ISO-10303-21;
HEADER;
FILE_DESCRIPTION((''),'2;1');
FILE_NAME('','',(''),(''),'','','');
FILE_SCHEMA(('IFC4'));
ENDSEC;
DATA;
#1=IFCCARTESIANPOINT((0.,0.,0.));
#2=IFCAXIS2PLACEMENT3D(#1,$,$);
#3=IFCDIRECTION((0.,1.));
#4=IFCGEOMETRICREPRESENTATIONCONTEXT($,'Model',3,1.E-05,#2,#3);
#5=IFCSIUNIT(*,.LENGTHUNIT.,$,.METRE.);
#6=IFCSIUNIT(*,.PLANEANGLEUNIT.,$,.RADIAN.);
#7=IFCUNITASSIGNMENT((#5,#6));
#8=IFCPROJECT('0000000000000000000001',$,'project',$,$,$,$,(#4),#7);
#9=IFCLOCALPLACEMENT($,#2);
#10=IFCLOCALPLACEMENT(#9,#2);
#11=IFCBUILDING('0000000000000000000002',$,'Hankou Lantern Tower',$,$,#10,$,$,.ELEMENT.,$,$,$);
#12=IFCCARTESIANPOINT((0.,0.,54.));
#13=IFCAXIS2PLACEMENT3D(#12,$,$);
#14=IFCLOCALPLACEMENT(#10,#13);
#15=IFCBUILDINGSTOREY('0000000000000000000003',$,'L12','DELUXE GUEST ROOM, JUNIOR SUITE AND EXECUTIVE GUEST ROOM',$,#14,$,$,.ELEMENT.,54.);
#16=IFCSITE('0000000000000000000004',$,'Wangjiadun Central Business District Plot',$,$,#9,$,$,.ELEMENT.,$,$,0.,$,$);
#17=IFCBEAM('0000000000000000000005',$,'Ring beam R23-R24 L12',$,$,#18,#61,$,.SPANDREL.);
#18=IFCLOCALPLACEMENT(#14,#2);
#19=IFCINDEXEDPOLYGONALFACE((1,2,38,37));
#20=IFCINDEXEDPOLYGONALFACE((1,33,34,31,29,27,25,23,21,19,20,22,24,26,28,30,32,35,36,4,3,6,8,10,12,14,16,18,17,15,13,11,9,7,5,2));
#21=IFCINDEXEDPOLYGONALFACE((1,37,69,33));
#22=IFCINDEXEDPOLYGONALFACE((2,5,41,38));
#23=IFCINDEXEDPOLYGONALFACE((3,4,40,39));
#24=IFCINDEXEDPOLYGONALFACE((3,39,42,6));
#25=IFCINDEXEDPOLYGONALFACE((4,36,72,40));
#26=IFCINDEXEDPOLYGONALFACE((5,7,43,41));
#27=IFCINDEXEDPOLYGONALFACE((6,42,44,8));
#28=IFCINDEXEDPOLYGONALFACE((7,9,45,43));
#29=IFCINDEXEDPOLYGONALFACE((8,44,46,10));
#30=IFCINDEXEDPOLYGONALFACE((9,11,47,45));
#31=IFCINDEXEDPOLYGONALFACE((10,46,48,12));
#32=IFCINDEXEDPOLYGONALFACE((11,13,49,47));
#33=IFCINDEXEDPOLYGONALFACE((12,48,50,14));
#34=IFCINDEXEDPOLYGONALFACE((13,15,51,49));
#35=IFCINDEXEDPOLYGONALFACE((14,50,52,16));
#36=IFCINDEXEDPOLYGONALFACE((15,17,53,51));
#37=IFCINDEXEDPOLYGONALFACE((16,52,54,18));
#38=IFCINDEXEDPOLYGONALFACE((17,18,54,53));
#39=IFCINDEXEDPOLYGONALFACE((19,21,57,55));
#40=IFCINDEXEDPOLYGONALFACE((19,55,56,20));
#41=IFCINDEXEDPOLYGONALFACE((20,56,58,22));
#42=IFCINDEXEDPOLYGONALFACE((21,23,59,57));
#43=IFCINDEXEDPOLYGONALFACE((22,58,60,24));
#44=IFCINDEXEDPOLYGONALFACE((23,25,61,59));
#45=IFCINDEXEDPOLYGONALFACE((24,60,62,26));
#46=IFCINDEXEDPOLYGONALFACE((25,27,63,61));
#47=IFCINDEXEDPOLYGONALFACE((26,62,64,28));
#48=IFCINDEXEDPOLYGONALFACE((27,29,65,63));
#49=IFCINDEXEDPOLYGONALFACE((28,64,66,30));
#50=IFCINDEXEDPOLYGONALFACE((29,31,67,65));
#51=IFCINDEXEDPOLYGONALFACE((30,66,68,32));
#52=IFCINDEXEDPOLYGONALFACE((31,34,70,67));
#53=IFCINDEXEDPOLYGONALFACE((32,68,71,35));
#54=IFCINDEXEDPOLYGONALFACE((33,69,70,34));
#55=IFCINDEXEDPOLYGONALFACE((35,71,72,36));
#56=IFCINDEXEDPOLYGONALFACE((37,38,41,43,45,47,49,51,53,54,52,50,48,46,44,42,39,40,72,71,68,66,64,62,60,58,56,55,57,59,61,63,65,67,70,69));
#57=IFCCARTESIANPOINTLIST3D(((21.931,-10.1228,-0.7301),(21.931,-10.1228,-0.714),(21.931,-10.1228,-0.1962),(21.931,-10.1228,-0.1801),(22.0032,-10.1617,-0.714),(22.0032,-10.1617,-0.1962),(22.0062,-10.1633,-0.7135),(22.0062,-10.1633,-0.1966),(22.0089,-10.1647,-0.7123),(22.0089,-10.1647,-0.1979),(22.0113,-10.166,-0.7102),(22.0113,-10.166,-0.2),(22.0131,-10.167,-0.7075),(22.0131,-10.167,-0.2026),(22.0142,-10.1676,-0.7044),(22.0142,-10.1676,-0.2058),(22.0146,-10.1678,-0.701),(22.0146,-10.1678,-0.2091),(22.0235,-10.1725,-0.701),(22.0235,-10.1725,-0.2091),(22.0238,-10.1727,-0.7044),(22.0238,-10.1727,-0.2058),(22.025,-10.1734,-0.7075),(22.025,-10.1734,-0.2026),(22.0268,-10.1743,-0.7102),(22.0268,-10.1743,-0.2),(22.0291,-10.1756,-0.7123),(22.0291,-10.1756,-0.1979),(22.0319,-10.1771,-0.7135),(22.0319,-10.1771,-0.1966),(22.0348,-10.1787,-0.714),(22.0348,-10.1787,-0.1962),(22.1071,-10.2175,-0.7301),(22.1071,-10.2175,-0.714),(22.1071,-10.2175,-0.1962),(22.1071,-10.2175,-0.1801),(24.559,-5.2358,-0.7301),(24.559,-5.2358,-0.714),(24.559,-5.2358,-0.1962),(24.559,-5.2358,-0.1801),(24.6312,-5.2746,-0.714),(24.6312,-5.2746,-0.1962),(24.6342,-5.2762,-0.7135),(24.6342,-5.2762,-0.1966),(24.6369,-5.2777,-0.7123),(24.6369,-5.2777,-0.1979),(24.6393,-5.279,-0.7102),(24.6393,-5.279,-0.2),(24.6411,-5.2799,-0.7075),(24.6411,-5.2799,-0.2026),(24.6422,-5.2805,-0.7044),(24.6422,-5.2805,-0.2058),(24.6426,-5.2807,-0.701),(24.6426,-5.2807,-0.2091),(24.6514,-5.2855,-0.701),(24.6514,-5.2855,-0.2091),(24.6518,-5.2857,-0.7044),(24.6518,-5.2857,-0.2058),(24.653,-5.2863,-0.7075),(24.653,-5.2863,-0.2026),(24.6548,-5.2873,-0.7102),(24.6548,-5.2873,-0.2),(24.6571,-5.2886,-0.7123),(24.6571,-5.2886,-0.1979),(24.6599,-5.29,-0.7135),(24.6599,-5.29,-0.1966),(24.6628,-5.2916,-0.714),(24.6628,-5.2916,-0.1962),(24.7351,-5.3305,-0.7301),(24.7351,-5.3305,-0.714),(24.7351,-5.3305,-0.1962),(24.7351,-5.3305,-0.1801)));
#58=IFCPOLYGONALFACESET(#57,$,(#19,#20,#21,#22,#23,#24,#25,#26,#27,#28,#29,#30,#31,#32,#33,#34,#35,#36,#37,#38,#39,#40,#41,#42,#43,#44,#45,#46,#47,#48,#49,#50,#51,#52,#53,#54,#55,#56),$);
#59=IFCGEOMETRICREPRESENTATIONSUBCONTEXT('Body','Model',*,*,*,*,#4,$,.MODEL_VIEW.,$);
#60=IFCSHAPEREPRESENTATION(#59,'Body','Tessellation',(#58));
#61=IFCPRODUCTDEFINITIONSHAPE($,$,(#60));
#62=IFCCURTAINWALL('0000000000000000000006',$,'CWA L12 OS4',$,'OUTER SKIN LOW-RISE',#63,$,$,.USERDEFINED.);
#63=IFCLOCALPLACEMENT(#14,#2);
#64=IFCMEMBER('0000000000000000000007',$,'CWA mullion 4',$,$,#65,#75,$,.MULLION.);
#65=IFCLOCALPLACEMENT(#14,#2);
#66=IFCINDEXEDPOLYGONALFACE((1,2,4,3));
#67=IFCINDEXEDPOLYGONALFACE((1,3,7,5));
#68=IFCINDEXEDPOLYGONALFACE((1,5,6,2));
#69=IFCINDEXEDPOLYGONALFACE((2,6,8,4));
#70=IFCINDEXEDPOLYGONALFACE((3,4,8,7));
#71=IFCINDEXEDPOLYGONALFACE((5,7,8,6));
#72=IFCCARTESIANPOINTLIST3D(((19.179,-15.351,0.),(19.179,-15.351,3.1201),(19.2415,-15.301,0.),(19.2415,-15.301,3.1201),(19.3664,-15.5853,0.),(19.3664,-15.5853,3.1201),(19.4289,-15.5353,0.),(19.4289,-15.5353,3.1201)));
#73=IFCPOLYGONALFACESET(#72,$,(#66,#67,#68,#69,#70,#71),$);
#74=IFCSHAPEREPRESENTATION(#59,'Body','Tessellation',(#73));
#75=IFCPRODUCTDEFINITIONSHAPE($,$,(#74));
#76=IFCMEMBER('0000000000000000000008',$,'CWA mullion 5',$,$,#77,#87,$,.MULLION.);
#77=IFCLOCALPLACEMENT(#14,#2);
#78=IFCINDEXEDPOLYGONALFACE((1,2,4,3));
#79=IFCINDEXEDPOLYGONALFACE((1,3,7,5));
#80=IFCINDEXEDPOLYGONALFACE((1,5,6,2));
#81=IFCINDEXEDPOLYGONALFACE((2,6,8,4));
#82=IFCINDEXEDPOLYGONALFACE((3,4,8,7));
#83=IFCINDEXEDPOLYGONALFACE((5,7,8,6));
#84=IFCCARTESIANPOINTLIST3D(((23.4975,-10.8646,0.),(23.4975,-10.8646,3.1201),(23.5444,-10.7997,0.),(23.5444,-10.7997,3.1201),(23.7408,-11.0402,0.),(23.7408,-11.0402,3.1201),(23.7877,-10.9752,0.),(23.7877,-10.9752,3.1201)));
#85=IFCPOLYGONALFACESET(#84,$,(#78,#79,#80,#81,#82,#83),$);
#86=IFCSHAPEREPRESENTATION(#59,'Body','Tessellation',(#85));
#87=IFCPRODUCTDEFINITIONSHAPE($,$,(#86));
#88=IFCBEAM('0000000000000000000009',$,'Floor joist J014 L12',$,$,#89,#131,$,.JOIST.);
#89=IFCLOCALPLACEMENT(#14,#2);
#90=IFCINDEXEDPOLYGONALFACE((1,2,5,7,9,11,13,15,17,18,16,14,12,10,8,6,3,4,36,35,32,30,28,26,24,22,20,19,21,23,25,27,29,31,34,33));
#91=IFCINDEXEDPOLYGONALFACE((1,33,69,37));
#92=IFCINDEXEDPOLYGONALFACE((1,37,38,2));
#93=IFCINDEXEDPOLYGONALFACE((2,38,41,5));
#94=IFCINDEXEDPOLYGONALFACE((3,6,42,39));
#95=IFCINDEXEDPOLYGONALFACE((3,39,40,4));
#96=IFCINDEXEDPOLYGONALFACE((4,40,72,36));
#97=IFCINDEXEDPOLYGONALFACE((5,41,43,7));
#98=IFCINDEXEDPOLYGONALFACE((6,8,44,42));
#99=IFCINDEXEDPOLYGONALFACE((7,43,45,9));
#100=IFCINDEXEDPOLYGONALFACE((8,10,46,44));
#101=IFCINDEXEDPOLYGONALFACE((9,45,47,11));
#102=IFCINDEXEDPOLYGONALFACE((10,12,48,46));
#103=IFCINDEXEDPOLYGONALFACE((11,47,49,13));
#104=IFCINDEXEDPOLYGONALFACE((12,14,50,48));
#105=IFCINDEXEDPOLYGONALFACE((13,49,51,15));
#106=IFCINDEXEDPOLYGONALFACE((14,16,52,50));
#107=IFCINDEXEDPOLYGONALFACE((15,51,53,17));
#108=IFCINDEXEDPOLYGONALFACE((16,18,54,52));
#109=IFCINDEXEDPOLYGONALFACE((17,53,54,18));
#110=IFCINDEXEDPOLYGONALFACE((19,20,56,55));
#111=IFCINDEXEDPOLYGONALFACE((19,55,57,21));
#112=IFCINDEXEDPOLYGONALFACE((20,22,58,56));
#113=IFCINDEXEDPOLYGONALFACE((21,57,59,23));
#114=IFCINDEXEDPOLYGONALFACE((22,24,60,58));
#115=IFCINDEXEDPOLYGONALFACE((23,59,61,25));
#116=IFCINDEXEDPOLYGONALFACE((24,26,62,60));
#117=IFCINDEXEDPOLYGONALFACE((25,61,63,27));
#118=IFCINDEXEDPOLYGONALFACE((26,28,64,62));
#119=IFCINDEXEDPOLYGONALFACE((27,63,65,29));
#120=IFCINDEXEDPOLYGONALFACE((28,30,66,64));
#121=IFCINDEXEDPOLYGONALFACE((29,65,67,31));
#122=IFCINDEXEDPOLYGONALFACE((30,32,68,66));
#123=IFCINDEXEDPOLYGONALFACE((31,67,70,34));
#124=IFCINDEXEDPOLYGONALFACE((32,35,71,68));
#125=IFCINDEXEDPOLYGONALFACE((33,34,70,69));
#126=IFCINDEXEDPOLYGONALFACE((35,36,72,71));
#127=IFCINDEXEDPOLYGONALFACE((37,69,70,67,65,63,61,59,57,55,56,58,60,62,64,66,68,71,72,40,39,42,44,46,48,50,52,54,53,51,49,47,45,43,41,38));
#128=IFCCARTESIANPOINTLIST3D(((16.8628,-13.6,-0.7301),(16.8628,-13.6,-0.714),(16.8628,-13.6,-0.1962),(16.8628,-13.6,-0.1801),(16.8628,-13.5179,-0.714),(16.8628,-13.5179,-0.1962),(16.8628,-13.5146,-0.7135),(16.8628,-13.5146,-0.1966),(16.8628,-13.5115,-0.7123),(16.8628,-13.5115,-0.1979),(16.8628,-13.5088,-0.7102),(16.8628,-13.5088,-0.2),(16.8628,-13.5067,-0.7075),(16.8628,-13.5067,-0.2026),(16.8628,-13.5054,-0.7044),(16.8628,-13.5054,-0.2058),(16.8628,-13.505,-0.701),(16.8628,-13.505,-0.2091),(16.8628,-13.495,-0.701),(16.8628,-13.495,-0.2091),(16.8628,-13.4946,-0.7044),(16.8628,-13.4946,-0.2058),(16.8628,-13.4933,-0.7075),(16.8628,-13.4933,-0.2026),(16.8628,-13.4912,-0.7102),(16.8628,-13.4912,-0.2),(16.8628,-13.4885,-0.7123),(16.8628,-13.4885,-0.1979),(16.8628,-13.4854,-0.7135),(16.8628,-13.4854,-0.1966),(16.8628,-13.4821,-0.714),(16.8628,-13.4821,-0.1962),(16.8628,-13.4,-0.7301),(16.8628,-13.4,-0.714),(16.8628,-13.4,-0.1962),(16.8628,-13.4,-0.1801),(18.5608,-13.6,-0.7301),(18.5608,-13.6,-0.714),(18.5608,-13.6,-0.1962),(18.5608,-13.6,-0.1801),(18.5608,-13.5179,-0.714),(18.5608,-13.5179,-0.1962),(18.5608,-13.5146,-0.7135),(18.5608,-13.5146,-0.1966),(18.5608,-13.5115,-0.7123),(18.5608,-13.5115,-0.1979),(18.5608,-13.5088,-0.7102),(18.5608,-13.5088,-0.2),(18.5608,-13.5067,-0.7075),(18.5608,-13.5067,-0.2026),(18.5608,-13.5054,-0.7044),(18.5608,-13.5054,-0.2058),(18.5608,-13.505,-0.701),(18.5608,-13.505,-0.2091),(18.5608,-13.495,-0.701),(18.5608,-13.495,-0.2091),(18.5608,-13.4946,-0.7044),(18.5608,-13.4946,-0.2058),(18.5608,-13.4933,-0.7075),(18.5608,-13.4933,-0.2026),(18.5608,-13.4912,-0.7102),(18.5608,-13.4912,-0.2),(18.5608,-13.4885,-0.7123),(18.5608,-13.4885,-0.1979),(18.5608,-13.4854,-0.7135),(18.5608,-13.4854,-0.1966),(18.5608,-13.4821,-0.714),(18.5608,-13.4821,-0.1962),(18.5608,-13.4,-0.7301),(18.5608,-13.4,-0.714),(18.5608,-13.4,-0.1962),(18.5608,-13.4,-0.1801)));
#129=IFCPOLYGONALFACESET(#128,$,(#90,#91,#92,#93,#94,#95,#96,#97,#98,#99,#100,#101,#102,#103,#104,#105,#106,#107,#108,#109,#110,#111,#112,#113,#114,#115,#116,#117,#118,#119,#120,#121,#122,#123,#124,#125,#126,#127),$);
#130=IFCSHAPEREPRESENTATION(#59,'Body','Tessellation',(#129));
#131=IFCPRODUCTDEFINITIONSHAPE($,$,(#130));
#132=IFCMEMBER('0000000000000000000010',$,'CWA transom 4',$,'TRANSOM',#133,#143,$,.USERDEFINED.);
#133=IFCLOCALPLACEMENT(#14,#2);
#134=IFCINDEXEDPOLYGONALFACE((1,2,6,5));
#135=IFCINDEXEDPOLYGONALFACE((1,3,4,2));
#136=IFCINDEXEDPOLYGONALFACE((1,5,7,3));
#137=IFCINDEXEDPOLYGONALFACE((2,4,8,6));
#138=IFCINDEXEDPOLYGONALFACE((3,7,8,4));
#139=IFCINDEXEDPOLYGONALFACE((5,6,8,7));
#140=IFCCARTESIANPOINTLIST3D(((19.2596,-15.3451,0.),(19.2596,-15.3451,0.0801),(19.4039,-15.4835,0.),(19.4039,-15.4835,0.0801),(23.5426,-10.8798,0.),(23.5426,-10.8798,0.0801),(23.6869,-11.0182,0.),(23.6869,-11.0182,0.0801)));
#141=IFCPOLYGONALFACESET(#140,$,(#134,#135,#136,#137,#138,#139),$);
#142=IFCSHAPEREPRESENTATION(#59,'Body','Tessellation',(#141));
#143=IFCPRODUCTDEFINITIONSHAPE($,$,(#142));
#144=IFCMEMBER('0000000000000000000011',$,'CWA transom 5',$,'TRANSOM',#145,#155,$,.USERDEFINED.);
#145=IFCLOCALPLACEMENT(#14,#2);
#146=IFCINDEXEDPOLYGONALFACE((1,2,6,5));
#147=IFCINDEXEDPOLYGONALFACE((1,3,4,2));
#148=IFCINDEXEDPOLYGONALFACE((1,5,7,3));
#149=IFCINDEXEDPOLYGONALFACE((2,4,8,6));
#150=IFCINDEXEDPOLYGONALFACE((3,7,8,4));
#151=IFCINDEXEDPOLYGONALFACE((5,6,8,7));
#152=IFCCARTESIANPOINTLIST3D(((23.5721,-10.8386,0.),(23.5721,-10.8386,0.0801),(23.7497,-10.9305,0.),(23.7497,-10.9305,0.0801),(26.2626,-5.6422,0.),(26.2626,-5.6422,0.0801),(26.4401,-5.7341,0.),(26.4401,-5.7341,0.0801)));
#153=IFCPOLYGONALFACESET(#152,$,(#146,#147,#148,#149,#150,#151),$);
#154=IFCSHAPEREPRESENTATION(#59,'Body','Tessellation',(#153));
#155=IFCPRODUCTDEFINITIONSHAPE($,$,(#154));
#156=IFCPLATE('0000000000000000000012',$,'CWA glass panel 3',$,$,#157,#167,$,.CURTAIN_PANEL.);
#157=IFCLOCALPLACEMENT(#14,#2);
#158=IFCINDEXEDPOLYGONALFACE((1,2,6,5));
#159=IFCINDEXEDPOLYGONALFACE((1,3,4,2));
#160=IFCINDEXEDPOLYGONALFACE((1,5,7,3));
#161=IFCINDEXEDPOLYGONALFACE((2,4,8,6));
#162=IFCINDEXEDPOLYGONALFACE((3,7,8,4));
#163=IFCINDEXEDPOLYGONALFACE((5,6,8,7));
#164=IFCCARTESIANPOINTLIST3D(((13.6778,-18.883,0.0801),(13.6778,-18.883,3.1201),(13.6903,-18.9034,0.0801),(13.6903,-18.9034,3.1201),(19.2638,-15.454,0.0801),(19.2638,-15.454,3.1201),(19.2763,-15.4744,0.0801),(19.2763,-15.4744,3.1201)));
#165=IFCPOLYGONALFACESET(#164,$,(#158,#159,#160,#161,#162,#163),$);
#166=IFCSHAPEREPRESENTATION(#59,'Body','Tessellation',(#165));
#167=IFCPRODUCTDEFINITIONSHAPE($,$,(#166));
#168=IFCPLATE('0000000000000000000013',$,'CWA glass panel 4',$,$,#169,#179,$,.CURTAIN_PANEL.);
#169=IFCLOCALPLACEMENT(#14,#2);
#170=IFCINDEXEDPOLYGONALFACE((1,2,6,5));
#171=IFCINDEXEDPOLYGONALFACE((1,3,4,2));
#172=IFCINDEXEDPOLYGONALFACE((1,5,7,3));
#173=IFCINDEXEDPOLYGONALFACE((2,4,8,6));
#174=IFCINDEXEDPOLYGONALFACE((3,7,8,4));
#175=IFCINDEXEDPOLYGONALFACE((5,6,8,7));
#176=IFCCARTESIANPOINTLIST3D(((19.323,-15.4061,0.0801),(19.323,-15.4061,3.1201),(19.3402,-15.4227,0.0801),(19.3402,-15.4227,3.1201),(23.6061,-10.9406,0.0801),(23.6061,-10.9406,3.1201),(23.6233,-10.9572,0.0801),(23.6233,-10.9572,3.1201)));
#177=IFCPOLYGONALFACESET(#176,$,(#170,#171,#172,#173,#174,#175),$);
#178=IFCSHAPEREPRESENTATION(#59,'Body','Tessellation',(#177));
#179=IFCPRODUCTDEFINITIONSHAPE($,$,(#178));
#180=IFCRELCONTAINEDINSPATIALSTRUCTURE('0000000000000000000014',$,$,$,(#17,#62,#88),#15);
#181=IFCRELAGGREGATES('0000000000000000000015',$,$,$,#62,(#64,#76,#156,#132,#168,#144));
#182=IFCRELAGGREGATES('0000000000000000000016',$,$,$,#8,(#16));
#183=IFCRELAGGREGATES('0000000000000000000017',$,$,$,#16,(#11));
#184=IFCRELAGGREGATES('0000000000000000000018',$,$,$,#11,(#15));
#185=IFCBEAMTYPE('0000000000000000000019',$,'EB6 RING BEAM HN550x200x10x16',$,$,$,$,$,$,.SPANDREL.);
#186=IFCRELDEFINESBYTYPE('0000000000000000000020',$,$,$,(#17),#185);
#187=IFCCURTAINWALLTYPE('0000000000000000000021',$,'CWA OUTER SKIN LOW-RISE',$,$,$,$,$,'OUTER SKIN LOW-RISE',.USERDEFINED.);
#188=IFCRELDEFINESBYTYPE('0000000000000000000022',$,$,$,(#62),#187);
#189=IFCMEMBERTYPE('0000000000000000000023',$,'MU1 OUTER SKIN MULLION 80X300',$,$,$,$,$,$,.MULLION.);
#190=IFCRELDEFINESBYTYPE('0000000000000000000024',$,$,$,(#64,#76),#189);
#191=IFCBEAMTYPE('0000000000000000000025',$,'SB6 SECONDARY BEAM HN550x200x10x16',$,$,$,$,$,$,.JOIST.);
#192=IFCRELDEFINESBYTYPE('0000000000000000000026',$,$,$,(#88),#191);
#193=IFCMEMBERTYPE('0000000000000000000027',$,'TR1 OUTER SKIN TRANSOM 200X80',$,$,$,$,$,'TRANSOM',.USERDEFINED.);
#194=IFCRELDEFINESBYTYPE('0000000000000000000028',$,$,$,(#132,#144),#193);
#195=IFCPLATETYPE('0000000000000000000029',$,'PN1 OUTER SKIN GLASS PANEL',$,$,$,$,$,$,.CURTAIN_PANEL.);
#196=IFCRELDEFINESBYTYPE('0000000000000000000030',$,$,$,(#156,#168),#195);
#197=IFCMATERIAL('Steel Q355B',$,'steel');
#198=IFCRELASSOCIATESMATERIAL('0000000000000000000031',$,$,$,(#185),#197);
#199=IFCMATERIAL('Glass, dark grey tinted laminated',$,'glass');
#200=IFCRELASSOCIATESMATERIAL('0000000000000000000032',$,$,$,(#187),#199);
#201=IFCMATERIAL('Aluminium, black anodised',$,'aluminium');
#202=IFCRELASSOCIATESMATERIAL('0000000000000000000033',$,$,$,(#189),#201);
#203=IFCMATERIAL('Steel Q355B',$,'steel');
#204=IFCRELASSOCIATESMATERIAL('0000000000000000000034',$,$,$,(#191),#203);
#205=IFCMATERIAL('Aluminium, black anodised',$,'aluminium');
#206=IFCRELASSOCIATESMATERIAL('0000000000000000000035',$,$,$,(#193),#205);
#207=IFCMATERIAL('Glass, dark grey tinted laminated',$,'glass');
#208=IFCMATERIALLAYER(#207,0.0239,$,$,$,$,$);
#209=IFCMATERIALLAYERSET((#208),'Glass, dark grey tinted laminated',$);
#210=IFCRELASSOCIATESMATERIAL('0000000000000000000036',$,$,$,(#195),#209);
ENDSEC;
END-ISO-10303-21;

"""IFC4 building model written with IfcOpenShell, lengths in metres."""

from ifc_helpers import new_model, si_unit, direction, frame, origin, origin_2d, place, context, subcontext, project, spatial, rectangle, i_section, extrude, material, layer, layer_set, material_profile, profile_set, type_object, element, aggregate, save


model = new_model("IFC4")

# Units and contexts
model_context = context("Model", 3, precision=1e-05, world=origin(), true_north=direction((0.0, 1.0)))
body_context = subcontext(model_context, "Body", "Model", "MODEL_VIEW")
ifc_project = project(units=[si_unit("LENGTHUNIT", "METRE"), si_unit("PLANEANGLEUNIT", "RADIAN")], contexts=[model_context])

# Site, building, storey
site_placement = place(None, origin())
site = spatial("IfcSite", under=ifc_project, at=site_placement, Name="Wangjiadun Central Business District Plot", CompositionType="ELEMENT", RefElevation=0.0)
building_placement = place(site_placement, origin())
building = spatial("IfcBuilding", under=site, at=building_placement, Name="Hankou Lantern Tower", CompositionType="ELEMENT")
storey_placement = place(building_placement, frame((0.0, 0.0, 54.0)))
storey = spatial("IfcBuildingStorey", under=building, at=storey_placement, Name="L12", Description="DELUXE GUEST ROOM, JUNIOR SUITE AND EXECUTIVE GUEST ROOM", CompositionType="ELEMENT", Elevation=54.0)

# Beam
ifc_material_1 = material(Name="Steel Q355B", Category="steel")
ifc_material_profile_1 = material_profile(ifc_material_1, i_section(OverallWidth=0.2, OverallDepth=0.55, WebThickness=0.01, FlangeThickness=0.0161, FilletRadius=0.0129, at=origin_2d()), Name="HN550x200x10x16")
ifc_profile_set_1 = profile_set([ifc_material_profile_1], Name="Steel Q355B")
beam_type_1 = type_object("IfcBeamType", Name="EB6 RING BEAM HN550x200x10x16", PredefinedType="SPANDREL", material=ifc_profile_set_1)
beam_1_placement = place(storey_placement, frame((22.019, -10.1702, -0.4551), z_axis=(0.473609, 0.880735, 0.0), x_axis=(-0.880735, 0.473609, 0.0)))
element("IfcBeam", 1, at=beam_1_placement, inside=storey, type_object=beam_type_1, Name="Ring beam R23-R24 L12", PredefinedType="SPANDREL", context=body_context, shape_type="SweptSolid", body=[
    extrude(i_section(OverallWidth=0.2, OverallDepth=0.55, WebThickness=0.01, FlangeThickness=0.0161, FilletRadius=0.0129, at=origin_2d()), origin(), (0.0, 0.0, 1.0), 5.5488),
])

# Curtain wall, members
ifc_material_2 = material(Name="Glass, dark grey tinted laminated", Category="glass")
curtain_wall_type = type_object("IfcCurtainWallType", Name="CWA OUTER SKIN LOW-RISE", ElementType="OUTER SKIN LOW-RISE", PredefinedType="USERDEFINED", material=ifc_material_2)
curtain_wall_placement = place(storey_placement, origin())
curtain_wall = element("IfcCurtainWall", 2, at=curtain_wall_placement, inside=storey, type_object=curtain_wall_type, Name="CWA L12 OS4", ObjectType="OUTER SKIN LOW-RISE", PredefinedType="USERDEFINED")
ifc_material_3 = material(Name="Aluminium, black anodised", Category="aluminium")
ifc_material_profile_2 = material_profile(ifc_material_3, rectangle(XDim=0.0801, YDim=0.3, at=origin_2d()), Name="MU1 80X300")
ifc_profile_set_2 = profile_set([ifc_material_profile_2], Name="Aluminium, black anodised")
member_type_1 = type_object("IfcMemberType", Name="MU1 OUTER SKIN MULLION 80X300", PredefinedType="MULLION", material=ifc_profile_set_2)
member_1_placement = place(storey_placement, frame((19.304, -15.4431, 0.0), z_axis=(0.0, 0.0, 1.0), x_axis=(0.780869, 0.624695, 0.0)))
member_1 = element("IfcMember", 3, at=member_1_placement, type_object=member_type_1, Name="CWA mullion 4", PredefinedType="MULLION", context=body_context, shape_type="SweptSolid", body=[
    extrude(rectangle(XDim=0.0801, YDim=0.3, at=origin_2d()), origin(), (0.0, 0.0, 1.0), 3.1201),
])
member_2_placement = place(storey_placement, frame((23.6426, -10.9199, 0.0), z_axis=(0.0, 0.0, 1.0), x_axis=(0.585206, 0.810885, 0.0)))
member_2 = element("IfcMember", 4, at=member_2_placement, type_object=member_type_1, Name="CWA mullion 5", PredefinedType="MULLION", context=body_context, shape_type="SweptSolid", body=[
    extrude(rectangle(XDim=0.0801, YDim=0.3, at=origin_2d()), origin(), (0.0, 0.0, 1.0), 3.1201),
])

# Beam
ifc_material_4 = material(Name="Steel Q355B", Category="steel")
ifc_material_profile_3 = material_profile(ifc_material_4, i_section(OverallWidth=0.2, OverallDepth=0.55, WebThickness=0.01, FlangeThickness=0.0161, FilletRadius=0.0129, at=origin_2d()), Name="HN550x200x10x16")
ifc_profile_set_3 = profile_set([ifc_material_profile_3], Name="Steel Q355B")
beam_type_2 = type_object("IfcBeamType", Name="SB6 SECONDARY BEAM HN550x200x10x16", PredefinedType="JOIST", material=ifc_profile_set_3)
beam_2_placement = place(storey_placement, frame((16.8628, -13.5, -0.4551), z_axis=(1.0, 0.0, 0.0), x_axis=(0.0, 1.0, 0.0)))
element("IfcBeam", 5, at=beam_2_placement, inside=storey, type_object=beam_type_2, Name="Floor joist J014 L12", PredefinedType="JOIST", context=body_context, shape_type="SweptSolid", body=[
    extrude(i_section(OverallWidth=0.2, OverallDepth=0.55, WebThickness=0.01, FlangeThickness=0.0161, FilletRadius=0.0129, at=origin_2d()), origin(), (0.0, 0.0, 1.0), 1.698),
])

# Members
ifc_material_5 = material(Name="Aluminium, black anodised", Category="aluminium")
ifc_material_profile_4 = material_profile(ifc_material_5, rectangle(XDim=0.2, YDim=0.0801, at=origin_2d()), Name="TR1 200X80")
ifc_profile_set_4 = profile_set([ifc_material_profile_4], Name="Aluminium, black anodised")
member_type_2 = type_object("IfcMemberType", Name="TR1 OUTER SKIN TRANSOM 200X80", ElementType="TRANSOM", PredefinedType="USERDEFINED", material=ifc_profile_set_4)
member_3_placement = place(storey_placement, frame((19.3318, -15.4143, 0.04), z_axis=(0.692216, 0.721691, 0.0), x_axis=(-0.721691, 0.692216, 0.0)))
member_3 = element("IfcMember", 6, at=member_3_placement, type_object=member_type_2, Name="CWA transom 4", ObjectType="TRANSOM", PredefinedType="USERDEFINED", context=body_context, shape_type="SweptSolid", body=[
    extrude(rectangle(XDim=0.2, YDim=0.0801, at=origin_2d()), origin(), (0.0, 0.0, 1.0), 6.1873),
])
member_4_placement = place(storey_placement, frame((23.6609, -10.8845, 0.04), z_axis=(0.459786, 0.88803, 0.0), x_axis=(-0.88803, 0.459786, 0.0)))
member_4 = element("IfcMember", 7, at=member_4_placement, type_object=member_type_2, Name="CWA transom 5", ObjectType="TRANSOM", PredefinedType="USERDEFINED", context=body_context, shape_type="SweptSolid", body=[
    extrude(rectangle(XDim=0.2, YDim=0.0801, at=origin_2d()), origin(), (0.0, 0.0, 1.0), 5.8516),
])

# Plates
ifc_material_6 = material(Name="Glass, dark grey tinted laminated", Category="glass")
ifc_layer_1 = layer(ifc_material_6, 0.0239)
ifc_layer_set_1 = layer_set([ifc_layer_1], Name="Glass, dark grey tinted laminated")
plate_type = type_object("IfcPlateType", Name="PN1 OUTER SKIN GLASS PANEL", PredefinedType="CURTAIN_PANEL", material=ifc_layer_set_1)
plate_1_placement = place(storey_placement, frame((16.4771, -17.1787, 0.0801), z_axis=(0.0, 0.0, 1.0), x_axis=(0.852237, 0.523156, 0.0)))
plate_1 = element("IfcPlate", 8, at=plate_1_placement, type_object=plate_type, Name="CWA glass panel 3", PredefinedType="CURTAIN_PANEL", context=body_context, shape_type="SweptSolid", body=[
    extrude(rectangle(XDim=6.5544, YDim=0.0239, at=origin_2d()), origin(), (0.0, 0.0, 1.0), 3.04),
])
plate_2_placement = place(storey_placement, frame((21.4731, -13.1816, 0.0801), z_axis=(0.0, 0.0, 1.0), x_axis=(0.692216, 0.721691, 0.0)))
plate_2 = element("IfcPlate", 9, at=plate_2_placement, type_object=plate_type, Name="CWA glass panel 4", PredefinedType="CURTAIN_PANEL", context=body_context, shape_type="SweptSolid", body=[
    extrude(rectangle(XDim=6.1875, YDim=0.0239, at=origin_2d()), origin(), (0.0, 0.0, 1.0), 3.04),
])
aggregate(curtain_wall, [member_1, member_2, plate_1, member_3, plate_2, member_4])

save(model, "model.ifc")
